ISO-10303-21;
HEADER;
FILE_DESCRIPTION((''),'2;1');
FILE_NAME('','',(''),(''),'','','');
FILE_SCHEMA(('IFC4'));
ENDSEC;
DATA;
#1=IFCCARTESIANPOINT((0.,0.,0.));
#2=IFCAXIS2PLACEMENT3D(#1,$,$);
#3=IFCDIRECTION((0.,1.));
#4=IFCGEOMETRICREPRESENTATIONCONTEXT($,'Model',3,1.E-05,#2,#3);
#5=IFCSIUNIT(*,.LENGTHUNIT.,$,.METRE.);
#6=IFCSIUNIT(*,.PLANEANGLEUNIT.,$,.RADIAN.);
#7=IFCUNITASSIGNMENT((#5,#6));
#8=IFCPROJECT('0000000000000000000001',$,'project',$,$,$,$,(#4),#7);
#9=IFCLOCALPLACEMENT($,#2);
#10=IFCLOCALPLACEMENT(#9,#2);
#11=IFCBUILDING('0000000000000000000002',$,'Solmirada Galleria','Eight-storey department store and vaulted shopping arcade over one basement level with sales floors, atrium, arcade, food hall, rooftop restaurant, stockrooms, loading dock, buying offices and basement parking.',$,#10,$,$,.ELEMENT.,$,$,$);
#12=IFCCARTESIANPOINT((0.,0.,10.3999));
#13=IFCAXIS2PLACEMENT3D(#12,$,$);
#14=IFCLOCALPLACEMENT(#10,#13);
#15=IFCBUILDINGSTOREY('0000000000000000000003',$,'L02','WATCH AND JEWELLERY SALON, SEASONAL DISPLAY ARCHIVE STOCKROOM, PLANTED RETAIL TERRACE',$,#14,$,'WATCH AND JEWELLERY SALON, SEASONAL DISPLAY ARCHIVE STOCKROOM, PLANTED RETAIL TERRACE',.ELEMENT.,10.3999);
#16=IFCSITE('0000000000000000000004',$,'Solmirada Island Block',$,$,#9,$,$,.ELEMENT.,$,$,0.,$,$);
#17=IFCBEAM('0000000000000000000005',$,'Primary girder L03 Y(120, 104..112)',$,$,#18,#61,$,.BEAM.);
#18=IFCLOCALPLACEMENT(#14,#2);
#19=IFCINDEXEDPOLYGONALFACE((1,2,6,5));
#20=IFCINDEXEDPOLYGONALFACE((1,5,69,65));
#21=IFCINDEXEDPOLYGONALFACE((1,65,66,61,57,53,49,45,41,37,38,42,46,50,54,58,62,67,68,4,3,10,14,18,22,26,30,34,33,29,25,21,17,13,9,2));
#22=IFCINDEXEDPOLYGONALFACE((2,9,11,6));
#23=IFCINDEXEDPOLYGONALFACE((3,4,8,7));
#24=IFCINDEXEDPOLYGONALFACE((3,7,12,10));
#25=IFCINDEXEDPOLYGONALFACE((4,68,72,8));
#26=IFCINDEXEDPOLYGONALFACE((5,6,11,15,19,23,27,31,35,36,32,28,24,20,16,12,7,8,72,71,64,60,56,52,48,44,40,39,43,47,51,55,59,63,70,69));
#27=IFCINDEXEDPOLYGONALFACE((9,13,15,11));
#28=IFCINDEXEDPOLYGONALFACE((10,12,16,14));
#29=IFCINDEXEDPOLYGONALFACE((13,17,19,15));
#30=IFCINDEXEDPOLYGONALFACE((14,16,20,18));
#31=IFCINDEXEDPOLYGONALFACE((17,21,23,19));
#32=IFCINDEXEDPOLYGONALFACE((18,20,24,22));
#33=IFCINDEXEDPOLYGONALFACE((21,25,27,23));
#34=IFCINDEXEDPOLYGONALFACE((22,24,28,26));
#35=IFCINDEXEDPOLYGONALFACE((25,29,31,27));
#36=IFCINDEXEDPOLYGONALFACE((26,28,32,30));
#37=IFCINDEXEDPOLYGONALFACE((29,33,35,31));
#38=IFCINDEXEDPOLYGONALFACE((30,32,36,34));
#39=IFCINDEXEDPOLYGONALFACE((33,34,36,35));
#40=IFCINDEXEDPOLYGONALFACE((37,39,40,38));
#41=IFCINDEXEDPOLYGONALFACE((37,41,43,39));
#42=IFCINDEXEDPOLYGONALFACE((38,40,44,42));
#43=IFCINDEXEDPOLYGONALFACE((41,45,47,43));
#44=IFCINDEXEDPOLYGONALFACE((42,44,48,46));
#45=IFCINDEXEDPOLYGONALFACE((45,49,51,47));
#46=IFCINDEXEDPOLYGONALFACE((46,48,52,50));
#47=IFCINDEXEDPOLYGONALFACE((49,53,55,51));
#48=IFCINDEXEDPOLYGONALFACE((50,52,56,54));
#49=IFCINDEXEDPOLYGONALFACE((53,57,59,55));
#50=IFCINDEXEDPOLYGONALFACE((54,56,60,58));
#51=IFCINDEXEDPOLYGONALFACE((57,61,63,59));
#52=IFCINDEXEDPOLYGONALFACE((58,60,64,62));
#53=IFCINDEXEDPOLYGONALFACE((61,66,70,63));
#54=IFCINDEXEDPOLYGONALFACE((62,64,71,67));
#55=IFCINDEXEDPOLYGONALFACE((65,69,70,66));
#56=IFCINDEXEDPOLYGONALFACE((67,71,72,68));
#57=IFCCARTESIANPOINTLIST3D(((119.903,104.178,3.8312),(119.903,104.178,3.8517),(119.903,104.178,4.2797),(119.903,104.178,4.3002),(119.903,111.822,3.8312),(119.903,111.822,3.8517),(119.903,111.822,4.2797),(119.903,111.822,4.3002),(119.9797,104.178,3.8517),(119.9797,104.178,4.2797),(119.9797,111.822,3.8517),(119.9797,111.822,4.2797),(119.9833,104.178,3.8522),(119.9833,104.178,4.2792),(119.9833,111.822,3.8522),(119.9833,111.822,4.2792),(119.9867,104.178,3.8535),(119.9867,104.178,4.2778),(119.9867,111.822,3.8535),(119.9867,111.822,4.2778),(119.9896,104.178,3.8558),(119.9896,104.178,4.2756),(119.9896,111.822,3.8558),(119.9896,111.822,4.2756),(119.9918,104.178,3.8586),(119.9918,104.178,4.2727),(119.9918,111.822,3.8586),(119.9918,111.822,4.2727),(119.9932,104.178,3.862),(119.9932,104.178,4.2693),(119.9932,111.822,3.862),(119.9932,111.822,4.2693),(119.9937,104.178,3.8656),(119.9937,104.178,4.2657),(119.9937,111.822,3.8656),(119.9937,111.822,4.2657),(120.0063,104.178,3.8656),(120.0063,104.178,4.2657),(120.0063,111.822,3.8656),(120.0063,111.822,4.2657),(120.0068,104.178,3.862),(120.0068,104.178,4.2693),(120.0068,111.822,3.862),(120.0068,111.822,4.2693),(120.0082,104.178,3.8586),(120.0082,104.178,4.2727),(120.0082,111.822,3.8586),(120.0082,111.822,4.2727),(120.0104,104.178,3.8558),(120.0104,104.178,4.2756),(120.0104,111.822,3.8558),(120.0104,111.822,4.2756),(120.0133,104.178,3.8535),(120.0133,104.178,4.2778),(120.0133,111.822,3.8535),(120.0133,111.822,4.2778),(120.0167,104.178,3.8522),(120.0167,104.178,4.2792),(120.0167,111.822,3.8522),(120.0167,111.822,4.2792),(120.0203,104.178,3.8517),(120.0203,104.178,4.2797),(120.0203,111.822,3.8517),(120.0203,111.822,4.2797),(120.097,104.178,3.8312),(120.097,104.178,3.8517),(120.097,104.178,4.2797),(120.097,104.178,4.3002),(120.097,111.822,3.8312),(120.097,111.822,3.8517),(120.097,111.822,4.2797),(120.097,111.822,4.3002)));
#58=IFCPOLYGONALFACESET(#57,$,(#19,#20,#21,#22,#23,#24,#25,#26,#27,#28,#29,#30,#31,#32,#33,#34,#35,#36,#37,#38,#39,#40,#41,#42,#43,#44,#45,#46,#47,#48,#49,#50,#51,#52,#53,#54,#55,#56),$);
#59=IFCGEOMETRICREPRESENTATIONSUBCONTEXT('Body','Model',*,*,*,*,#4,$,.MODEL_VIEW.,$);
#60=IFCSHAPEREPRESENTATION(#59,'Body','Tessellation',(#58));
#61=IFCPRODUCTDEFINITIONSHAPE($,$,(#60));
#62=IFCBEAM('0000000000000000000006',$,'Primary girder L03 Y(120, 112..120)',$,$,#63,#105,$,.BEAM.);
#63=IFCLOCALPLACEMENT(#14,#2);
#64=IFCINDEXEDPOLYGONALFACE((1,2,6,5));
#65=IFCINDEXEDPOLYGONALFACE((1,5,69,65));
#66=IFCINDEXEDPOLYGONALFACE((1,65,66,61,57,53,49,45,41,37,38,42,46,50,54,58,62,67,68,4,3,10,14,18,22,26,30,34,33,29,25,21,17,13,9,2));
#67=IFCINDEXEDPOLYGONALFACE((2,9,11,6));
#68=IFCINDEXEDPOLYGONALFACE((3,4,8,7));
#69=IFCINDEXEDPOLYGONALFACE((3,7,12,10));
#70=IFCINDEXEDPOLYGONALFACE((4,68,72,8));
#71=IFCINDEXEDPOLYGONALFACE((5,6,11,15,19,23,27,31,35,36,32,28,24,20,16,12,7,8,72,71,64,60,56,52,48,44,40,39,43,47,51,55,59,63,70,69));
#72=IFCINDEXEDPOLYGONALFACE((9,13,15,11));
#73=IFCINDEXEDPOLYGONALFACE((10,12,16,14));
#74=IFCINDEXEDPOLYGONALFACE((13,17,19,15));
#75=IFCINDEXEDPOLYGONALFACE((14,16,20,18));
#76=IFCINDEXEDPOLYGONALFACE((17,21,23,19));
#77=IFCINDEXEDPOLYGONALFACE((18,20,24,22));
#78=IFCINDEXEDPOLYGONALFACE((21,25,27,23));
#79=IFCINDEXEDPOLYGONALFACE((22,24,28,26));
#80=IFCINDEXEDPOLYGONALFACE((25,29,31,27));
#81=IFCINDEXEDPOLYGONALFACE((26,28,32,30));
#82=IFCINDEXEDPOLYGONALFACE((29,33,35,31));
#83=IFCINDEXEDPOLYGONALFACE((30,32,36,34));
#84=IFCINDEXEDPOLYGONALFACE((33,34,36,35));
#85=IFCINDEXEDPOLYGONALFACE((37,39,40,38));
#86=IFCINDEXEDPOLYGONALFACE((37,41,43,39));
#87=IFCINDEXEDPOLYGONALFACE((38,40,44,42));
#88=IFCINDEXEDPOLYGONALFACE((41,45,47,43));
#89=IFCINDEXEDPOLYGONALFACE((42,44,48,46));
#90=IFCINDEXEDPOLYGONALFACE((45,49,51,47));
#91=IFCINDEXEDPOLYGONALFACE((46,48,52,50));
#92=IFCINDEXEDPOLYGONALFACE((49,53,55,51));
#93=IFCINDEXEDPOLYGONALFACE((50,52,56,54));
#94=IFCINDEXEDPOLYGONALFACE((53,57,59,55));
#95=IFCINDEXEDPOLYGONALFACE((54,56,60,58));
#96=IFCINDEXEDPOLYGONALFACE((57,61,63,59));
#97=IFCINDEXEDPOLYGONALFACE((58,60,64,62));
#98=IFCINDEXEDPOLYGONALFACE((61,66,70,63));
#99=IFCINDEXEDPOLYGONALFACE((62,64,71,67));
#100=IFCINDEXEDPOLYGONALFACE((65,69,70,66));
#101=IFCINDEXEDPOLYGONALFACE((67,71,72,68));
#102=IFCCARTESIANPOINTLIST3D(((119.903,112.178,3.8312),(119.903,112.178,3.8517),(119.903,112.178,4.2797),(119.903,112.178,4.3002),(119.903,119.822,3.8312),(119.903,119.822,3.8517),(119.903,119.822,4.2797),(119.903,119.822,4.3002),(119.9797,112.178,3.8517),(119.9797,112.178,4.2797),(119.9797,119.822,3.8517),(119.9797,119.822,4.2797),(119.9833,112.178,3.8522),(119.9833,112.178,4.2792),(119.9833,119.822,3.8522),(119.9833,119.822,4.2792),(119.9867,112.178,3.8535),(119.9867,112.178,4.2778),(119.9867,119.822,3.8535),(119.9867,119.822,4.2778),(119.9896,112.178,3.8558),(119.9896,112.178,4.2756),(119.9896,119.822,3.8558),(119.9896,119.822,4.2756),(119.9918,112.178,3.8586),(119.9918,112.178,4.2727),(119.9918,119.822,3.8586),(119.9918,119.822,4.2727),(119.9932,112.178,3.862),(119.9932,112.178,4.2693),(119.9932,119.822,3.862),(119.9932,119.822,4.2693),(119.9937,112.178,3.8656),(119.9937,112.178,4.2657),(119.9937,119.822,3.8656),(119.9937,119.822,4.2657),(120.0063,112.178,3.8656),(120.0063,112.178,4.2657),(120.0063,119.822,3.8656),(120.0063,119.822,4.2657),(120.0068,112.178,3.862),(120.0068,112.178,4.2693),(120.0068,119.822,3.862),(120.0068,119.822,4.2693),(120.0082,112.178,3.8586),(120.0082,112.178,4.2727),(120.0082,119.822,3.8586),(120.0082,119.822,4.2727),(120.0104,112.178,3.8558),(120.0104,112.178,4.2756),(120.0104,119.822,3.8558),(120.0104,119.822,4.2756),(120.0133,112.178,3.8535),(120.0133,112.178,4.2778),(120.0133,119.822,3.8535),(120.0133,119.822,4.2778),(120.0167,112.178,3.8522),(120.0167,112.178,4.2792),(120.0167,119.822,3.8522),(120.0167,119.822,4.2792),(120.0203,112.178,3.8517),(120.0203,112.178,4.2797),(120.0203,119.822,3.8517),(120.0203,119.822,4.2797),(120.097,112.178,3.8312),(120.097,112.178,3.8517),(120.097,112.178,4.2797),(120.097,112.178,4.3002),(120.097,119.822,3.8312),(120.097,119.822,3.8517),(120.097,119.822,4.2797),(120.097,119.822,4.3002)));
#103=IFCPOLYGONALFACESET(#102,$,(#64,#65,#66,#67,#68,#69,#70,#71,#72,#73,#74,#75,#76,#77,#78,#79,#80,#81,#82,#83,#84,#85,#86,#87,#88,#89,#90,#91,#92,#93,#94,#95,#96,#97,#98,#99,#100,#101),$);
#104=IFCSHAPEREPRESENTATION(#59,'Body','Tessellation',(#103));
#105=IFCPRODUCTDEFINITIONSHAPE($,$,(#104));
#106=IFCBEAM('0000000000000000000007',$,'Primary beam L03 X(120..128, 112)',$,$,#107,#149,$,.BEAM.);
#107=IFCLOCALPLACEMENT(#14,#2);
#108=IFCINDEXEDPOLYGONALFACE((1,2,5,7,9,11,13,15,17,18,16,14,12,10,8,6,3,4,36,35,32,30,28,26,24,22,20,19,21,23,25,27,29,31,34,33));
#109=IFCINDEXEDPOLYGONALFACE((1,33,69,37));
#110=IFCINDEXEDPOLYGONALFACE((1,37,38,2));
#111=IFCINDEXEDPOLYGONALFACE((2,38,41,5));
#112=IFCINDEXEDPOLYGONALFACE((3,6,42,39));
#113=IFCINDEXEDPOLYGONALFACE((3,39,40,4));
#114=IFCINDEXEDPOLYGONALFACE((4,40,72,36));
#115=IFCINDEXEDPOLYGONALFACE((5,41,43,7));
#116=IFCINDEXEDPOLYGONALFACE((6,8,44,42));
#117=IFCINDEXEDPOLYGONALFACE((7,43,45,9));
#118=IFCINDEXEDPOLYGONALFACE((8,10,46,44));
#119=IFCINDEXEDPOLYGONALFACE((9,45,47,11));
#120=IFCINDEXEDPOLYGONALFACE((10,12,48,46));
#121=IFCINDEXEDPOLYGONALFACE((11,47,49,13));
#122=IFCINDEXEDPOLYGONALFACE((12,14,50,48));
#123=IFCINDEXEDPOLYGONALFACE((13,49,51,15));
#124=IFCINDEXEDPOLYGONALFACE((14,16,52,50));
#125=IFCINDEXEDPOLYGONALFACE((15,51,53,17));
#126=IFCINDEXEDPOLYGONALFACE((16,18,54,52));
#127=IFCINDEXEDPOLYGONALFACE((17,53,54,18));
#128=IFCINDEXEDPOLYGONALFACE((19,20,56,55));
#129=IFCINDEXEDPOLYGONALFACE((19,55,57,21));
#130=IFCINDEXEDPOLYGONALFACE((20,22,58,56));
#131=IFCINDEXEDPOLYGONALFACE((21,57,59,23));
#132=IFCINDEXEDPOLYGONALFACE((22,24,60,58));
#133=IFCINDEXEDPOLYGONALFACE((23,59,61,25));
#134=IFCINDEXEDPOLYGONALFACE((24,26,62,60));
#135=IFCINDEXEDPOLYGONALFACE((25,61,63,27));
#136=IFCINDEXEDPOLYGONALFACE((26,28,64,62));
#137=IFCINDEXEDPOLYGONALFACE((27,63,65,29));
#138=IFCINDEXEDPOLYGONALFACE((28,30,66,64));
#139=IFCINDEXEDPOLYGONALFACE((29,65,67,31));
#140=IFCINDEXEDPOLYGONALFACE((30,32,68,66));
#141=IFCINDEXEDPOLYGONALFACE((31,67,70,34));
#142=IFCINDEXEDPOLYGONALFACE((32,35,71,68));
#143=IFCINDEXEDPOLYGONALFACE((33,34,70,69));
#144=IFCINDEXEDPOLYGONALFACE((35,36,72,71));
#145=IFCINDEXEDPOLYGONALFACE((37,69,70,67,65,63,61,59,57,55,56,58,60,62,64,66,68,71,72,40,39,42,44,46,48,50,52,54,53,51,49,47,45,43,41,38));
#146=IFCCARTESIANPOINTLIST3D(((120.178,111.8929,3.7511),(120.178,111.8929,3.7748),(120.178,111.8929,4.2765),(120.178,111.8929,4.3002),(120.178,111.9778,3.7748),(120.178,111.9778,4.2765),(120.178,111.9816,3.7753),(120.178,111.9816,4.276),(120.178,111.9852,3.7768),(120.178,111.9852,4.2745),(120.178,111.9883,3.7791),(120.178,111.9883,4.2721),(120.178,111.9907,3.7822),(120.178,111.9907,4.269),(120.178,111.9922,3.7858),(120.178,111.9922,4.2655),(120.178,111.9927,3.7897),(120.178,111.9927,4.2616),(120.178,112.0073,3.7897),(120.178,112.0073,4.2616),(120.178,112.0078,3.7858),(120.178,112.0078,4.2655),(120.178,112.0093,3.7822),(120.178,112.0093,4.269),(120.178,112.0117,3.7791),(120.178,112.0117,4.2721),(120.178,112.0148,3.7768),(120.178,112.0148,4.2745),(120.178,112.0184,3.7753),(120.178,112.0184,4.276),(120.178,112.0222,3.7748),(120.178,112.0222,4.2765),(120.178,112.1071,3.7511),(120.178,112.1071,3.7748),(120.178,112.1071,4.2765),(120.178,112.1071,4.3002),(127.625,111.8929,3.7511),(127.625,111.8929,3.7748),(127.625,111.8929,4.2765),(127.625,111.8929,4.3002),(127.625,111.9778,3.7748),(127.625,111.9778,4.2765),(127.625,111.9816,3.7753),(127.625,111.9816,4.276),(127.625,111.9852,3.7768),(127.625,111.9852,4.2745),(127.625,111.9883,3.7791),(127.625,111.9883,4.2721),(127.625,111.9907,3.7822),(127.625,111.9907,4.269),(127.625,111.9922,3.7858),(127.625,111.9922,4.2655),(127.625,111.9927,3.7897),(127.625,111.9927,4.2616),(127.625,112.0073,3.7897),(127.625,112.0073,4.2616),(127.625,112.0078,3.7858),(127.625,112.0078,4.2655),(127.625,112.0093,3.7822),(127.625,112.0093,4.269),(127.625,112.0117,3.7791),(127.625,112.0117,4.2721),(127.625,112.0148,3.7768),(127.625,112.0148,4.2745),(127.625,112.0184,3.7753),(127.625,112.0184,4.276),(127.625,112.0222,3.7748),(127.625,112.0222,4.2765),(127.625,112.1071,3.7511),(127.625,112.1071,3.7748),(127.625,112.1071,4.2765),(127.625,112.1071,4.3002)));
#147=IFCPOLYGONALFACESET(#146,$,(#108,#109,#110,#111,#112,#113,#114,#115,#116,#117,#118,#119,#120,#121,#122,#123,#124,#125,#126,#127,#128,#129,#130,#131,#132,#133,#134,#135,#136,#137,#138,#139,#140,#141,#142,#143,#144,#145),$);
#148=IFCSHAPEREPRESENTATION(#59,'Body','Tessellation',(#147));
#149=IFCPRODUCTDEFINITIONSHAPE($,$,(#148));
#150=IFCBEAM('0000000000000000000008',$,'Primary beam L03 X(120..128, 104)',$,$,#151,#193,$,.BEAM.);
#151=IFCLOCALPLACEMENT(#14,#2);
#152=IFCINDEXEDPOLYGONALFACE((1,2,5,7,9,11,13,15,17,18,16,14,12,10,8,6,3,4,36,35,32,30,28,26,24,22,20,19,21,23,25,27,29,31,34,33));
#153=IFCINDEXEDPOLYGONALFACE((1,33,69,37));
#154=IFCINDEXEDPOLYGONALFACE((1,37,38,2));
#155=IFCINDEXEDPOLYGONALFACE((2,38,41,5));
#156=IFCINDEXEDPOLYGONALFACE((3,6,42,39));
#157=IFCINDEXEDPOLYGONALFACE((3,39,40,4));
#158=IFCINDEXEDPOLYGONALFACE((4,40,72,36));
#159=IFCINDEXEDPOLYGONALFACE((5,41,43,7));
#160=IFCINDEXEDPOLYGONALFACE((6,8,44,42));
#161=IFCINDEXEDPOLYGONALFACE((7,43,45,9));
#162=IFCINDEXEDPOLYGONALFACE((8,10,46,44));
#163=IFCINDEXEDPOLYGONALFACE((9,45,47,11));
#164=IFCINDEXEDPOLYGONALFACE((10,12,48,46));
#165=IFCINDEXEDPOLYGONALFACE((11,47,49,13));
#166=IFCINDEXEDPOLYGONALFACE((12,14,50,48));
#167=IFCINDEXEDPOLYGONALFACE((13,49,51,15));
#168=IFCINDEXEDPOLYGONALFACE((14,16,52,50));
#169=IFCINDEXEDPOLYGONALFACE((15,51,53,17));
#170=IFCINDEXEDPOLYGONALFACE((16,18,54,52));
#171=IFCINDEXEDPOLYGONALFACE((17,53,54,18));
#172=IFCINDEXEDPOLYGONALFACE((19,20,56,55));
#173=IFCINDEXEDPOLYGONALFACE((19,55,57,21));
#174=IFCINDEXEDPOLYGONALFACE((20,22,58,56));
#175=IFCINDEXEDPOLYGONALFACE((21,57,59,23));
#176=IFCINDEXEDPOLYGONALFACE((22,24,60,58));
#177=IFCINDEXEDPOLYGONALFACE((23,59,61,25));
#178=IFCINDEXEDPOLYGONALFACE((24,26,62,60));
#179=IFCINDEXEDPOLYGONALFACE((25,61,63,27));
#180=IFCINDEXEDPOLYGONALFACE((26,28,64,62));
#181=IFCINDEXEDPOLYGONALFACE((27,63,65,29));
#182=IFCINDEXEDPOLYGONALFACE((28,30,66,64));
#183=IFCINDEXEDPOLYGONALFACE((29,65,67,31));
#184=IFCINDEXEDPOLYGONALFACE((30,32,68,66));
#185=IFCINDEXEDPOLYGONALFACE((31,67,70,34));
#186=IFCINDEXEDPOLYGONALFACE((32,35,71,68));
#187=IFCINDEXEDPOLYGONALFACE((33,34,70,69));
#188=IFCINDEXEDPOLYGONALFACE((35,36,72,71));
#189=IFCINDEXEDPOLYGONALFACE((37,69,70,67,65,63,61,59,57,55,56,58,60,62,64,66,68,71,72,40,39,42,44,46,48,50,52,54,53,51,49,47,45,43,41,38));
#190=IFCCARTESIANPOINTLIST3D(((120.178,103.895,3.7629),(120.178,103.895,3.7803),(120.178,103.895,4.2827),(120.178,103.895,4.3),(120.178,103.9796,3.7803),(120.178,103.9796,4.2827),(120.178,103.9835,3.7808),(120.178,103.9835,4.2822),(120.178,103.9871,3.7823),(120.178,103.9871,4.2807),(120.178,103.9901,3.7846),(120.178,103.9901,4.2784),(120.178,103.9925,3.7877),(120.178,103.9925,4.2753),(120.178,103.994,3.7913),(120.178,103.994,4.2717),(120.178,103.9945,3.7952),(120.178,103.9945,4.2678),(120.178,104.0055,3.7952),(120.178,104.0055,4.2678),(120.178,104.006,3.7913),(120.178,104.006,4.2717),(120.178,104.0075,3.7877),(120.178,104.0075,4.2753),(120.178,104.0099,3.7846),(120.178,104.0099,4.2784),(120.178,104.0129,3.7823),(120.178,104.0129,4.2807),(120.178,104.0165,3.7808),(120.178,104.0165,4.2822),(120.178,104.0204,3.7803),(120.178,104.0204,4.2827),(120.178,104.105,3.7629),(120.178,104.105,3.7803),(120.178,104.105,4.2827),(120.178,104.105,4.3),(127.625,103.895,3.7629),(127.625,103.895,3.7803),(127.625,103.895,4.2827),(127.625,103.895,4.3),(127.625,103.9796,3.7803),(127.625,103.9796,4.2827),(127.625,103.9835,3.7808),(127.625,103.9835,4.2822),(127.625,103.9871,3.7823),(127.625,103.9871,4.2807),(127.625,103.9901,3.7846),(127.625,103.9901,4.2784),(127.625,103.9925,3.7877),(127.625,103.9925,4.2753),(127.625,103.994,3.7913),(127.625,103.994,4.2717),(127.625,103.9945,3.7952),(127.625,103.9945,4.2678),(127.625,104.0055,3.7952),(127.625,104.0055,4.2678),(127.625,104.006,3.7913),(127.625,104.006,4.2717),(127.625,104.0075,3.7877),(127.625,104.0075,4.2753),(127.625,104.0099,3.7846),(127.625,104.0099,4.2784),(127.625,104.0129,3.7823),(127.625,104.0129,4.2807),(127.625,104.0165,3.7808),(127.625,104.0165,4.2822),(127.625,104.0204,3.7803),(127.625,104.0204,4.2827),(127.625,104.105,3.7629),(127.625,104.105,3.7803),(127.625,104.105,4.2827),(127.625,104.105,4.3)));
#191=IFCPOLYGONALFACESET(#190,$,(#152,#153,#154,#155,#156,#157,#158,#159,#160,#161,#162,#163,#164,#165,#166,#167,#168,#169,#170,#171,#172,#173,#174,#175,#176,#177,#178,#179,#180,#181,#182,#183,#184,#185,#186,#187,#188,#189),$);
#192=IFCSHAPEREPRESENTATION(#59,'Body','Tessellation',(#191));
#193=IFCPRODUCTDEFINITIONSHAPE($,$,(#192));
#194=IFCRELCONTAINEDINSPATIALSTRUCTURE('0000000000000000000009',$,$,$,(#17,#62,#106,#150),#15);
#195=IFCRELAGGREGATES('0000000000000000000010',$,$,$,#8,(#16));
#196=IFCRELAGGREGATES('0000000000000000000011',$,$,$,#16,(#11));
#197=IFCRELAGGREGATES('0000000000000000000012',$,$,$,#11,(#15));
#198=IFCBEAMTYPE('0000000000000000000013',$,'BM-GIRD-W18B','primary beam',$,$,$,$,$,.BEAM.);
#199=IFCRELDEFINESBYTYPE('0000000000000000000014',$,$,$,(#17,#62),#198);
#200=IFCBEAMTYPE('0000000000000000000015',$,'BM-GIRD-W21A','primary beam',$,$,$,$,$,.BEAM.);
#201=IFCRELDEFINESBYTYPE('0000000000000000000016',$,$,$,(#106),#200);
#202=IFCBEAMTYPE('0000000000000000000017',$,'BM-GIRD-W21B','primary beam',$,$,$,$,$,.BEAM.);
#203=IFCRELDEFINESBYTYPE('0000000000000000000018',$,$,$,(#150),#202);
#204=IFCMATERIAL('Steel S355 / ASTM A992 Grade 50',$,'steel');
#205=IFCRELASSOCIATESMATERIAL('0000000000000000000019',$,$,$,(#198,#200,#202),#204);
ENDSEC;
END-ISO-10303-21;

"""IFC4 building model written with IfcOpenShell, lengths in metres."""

from ifc_helpers import new_model, si_unit, direction, frame, origin, origin_2d, place, context, subcontext, project, spatial, i_section, extrude, material, material_profile, profile_set, type_object, element, save


model = new_model("IFC4")

# Units and contexts
model_context = context("Model", 3, precision=1e-05, world=origin(), true_north=direction((0.0, 1.0)))
body_context = subcontext(model_context, "Body", "Model", "MODEL_VIEW")
ifc_project = project(units=[si_unit("LENGTHUNIT", "METRE"), si_unit("PLANEANGLEUNIT", "RADIAN")], contexts=[model_context])

# Site, building, storey
site_placement = place(None, origin())
site = spatial("IfcSite", under=ifc_project, at=site_placement, Name="Solmirada Island Block", CompositionType="ELEMENT", RefElevation=0.0)
building_placement = place(site_placement, origin())
building = spatial("IfcBuilding", under=site, at=building_placement, Name="Solmirada Galleria", Description="Eight-storey department store and vaulted shopping arcade over one basement level with sales floors, atrium, arcade, food hall, rooftop restaurant, stockrooms, loading dock, buying offices and basement parking.", CompositionType="ELEMENT")
storey_placement = place(building_placement, frame((0.0, 0.0, 10.3999)))
storey = spatial("IfcBuildingStorey", under=building, at=storey_placement, Name="L02", Description="WATCH AND JEWELLERY SALON, SEASONAL DISPLAY ARCHIVE STOCKROOM, PLANTED RETAIL TERRACE", LongName="WATCH AND JEWELLERY SALON, SEASONAL DISPLAY ARCHIVE STOCKROOM, PLANTED RETAIL TERRACE", CompositionType="ELEMENT", Elevation=10.3999)

# Beams
ifc_material_1 = material(Name="Steel S355 / ASTM A992 Grade 50", Category="steel")
ifc_material_profile_1 = material_profile(ifc_material_1, i_section(OverallWidth=0.1941, OverallDepth=0.469, WebThickness=0.0127, FlangeThickness=0.0205, FilletRadius=0.0139, at=origin_2d()), Name="W18X71")
ifc_profile_set_1 = profile_set([ifc_material_profile_1], Name="Steel S355 / ASTM A992 Grade 50")
beam_type_1 = type_object("IfcBeamType", Name="BM-GIRD-W18B", Description="primary beam", PredefinedType="BEAM", material=ifc_profile_set_1)
for number, where, z_axis, x_axis, name in (
    (1, (120.0, 104.178, 4.0657), (0.0, 1.0, 0.0), (-1.0, 0.0, 0.0), "Primary girder L03 Y(120, 104..112)"),
    (2, (120.0, 112.178, 4.0657), (0.0, 1.0, 0.0), (-1.0, 0.0, 0.0), "Primary girder L03 Y(120, 112..120)"),
):
    element("IfcBeam", number, at=place(storey_placement, frame(where, z_axis=z_axis, x_axis=x_axis)), inside=storey, type_object=beam_type_1, Name=name, PredefinedType="BEAM", context=body_context, shape_type="SweptSolid", body=[
        extrude(i_section(OverallWidth=0.1941, OverallDepth=0.469, WebThickness=0.0127, FlangeThickness=0.0205, FilletRadius=0.0139, at=origin_2d()), origin(), (0.0, 0.0, 1.0), 7.644),
    ])
ifc_material_profile_2 = material_profile(ifc_material_1, i_section(OverallWidth=0.2141, OverallDepth=0.5491, WebThickness=0.0146, FlangeThickness=0.0237, FilletRadius=0.0149, at=origin_2d()), Name="W21X93")
ifc_profile_set_2 = profile_set([ifc_material_profile_2], Name="Steel S355 / ASTM A992 Grade 50")
beam_type_2 = type_object("IfcBeamType", Name="BM-GIRD-W21A", Description="primary beam", PredefinedType="BEAM", material=ifc_profile_set_2)
beam_1_placement = place(storey_placement, frame((120.178, 112.0, 4.0256), z_axis=(1.0, 0.0, 0.0), x_axis=(0.0, 1.0, 0.0)))
element("IfcBeam", 3, at=beam_1_placement, inside=storey, type_object=beam_type_2, Name="Primary beam L03 X(120..128, 112)", PredefinedType="BEAM", context=body_context, shape_type="SweptSolid", body=[
    extrude(i_section(OverallWidth=0.2141, OverallDepth=0.5491, WebThickness=0.0146, FlangeThickness=0.0237, FilletRadius=0.0149, at=origin_2d()), origin(), (0.0, 0.0, 1.0), 7.447),
])
ifc_material_profile_3 = material_profile(ifc_material_1, i_section(OverallWidth=0.21, OverallDepth=0.5371, WebThickness=0.011, FlangeThickness=0.0173, FilletRadius=0.0149, at=origin_2d()), Name="W21X68")
ifc_profile_set_3 = profile_set([ifc_material_profile_3], Name="Steel S355 / ASTM A992 Grade 50")
beam_type_3 = type_object("IfcBeamType", Name="BM-GIRD-W21B", Description="primary beam", PredefinedType="BEAM", material=ifc_profile_set_3)
beam_2_placement = place(storey_placement, frame((120.178, 104.0, 4.0315), z_axis=(1.0, 0.0, 0.0), x_axis=(0.0, 1.0, 0.0)))
element("IfcBeam", 4, at=beam_2_placement, inside=storey, type_object=beam_type_3, Name="Primary beam L03 X(120..128, 104)", PredefinedType="BEAM", context=body_context, shape_type="SweptSolid", body=[
    extrude(i_section(OverallWidth=0.21, OverallDepth=0.5371, WebThickness=0.011, FlangeThickness=0.0173, FilletRadius=0.0149, at=origin_2d()), origin(), (0.0, 0.0, 1.0), 7.447),
])

save(model, "model.ifc")
